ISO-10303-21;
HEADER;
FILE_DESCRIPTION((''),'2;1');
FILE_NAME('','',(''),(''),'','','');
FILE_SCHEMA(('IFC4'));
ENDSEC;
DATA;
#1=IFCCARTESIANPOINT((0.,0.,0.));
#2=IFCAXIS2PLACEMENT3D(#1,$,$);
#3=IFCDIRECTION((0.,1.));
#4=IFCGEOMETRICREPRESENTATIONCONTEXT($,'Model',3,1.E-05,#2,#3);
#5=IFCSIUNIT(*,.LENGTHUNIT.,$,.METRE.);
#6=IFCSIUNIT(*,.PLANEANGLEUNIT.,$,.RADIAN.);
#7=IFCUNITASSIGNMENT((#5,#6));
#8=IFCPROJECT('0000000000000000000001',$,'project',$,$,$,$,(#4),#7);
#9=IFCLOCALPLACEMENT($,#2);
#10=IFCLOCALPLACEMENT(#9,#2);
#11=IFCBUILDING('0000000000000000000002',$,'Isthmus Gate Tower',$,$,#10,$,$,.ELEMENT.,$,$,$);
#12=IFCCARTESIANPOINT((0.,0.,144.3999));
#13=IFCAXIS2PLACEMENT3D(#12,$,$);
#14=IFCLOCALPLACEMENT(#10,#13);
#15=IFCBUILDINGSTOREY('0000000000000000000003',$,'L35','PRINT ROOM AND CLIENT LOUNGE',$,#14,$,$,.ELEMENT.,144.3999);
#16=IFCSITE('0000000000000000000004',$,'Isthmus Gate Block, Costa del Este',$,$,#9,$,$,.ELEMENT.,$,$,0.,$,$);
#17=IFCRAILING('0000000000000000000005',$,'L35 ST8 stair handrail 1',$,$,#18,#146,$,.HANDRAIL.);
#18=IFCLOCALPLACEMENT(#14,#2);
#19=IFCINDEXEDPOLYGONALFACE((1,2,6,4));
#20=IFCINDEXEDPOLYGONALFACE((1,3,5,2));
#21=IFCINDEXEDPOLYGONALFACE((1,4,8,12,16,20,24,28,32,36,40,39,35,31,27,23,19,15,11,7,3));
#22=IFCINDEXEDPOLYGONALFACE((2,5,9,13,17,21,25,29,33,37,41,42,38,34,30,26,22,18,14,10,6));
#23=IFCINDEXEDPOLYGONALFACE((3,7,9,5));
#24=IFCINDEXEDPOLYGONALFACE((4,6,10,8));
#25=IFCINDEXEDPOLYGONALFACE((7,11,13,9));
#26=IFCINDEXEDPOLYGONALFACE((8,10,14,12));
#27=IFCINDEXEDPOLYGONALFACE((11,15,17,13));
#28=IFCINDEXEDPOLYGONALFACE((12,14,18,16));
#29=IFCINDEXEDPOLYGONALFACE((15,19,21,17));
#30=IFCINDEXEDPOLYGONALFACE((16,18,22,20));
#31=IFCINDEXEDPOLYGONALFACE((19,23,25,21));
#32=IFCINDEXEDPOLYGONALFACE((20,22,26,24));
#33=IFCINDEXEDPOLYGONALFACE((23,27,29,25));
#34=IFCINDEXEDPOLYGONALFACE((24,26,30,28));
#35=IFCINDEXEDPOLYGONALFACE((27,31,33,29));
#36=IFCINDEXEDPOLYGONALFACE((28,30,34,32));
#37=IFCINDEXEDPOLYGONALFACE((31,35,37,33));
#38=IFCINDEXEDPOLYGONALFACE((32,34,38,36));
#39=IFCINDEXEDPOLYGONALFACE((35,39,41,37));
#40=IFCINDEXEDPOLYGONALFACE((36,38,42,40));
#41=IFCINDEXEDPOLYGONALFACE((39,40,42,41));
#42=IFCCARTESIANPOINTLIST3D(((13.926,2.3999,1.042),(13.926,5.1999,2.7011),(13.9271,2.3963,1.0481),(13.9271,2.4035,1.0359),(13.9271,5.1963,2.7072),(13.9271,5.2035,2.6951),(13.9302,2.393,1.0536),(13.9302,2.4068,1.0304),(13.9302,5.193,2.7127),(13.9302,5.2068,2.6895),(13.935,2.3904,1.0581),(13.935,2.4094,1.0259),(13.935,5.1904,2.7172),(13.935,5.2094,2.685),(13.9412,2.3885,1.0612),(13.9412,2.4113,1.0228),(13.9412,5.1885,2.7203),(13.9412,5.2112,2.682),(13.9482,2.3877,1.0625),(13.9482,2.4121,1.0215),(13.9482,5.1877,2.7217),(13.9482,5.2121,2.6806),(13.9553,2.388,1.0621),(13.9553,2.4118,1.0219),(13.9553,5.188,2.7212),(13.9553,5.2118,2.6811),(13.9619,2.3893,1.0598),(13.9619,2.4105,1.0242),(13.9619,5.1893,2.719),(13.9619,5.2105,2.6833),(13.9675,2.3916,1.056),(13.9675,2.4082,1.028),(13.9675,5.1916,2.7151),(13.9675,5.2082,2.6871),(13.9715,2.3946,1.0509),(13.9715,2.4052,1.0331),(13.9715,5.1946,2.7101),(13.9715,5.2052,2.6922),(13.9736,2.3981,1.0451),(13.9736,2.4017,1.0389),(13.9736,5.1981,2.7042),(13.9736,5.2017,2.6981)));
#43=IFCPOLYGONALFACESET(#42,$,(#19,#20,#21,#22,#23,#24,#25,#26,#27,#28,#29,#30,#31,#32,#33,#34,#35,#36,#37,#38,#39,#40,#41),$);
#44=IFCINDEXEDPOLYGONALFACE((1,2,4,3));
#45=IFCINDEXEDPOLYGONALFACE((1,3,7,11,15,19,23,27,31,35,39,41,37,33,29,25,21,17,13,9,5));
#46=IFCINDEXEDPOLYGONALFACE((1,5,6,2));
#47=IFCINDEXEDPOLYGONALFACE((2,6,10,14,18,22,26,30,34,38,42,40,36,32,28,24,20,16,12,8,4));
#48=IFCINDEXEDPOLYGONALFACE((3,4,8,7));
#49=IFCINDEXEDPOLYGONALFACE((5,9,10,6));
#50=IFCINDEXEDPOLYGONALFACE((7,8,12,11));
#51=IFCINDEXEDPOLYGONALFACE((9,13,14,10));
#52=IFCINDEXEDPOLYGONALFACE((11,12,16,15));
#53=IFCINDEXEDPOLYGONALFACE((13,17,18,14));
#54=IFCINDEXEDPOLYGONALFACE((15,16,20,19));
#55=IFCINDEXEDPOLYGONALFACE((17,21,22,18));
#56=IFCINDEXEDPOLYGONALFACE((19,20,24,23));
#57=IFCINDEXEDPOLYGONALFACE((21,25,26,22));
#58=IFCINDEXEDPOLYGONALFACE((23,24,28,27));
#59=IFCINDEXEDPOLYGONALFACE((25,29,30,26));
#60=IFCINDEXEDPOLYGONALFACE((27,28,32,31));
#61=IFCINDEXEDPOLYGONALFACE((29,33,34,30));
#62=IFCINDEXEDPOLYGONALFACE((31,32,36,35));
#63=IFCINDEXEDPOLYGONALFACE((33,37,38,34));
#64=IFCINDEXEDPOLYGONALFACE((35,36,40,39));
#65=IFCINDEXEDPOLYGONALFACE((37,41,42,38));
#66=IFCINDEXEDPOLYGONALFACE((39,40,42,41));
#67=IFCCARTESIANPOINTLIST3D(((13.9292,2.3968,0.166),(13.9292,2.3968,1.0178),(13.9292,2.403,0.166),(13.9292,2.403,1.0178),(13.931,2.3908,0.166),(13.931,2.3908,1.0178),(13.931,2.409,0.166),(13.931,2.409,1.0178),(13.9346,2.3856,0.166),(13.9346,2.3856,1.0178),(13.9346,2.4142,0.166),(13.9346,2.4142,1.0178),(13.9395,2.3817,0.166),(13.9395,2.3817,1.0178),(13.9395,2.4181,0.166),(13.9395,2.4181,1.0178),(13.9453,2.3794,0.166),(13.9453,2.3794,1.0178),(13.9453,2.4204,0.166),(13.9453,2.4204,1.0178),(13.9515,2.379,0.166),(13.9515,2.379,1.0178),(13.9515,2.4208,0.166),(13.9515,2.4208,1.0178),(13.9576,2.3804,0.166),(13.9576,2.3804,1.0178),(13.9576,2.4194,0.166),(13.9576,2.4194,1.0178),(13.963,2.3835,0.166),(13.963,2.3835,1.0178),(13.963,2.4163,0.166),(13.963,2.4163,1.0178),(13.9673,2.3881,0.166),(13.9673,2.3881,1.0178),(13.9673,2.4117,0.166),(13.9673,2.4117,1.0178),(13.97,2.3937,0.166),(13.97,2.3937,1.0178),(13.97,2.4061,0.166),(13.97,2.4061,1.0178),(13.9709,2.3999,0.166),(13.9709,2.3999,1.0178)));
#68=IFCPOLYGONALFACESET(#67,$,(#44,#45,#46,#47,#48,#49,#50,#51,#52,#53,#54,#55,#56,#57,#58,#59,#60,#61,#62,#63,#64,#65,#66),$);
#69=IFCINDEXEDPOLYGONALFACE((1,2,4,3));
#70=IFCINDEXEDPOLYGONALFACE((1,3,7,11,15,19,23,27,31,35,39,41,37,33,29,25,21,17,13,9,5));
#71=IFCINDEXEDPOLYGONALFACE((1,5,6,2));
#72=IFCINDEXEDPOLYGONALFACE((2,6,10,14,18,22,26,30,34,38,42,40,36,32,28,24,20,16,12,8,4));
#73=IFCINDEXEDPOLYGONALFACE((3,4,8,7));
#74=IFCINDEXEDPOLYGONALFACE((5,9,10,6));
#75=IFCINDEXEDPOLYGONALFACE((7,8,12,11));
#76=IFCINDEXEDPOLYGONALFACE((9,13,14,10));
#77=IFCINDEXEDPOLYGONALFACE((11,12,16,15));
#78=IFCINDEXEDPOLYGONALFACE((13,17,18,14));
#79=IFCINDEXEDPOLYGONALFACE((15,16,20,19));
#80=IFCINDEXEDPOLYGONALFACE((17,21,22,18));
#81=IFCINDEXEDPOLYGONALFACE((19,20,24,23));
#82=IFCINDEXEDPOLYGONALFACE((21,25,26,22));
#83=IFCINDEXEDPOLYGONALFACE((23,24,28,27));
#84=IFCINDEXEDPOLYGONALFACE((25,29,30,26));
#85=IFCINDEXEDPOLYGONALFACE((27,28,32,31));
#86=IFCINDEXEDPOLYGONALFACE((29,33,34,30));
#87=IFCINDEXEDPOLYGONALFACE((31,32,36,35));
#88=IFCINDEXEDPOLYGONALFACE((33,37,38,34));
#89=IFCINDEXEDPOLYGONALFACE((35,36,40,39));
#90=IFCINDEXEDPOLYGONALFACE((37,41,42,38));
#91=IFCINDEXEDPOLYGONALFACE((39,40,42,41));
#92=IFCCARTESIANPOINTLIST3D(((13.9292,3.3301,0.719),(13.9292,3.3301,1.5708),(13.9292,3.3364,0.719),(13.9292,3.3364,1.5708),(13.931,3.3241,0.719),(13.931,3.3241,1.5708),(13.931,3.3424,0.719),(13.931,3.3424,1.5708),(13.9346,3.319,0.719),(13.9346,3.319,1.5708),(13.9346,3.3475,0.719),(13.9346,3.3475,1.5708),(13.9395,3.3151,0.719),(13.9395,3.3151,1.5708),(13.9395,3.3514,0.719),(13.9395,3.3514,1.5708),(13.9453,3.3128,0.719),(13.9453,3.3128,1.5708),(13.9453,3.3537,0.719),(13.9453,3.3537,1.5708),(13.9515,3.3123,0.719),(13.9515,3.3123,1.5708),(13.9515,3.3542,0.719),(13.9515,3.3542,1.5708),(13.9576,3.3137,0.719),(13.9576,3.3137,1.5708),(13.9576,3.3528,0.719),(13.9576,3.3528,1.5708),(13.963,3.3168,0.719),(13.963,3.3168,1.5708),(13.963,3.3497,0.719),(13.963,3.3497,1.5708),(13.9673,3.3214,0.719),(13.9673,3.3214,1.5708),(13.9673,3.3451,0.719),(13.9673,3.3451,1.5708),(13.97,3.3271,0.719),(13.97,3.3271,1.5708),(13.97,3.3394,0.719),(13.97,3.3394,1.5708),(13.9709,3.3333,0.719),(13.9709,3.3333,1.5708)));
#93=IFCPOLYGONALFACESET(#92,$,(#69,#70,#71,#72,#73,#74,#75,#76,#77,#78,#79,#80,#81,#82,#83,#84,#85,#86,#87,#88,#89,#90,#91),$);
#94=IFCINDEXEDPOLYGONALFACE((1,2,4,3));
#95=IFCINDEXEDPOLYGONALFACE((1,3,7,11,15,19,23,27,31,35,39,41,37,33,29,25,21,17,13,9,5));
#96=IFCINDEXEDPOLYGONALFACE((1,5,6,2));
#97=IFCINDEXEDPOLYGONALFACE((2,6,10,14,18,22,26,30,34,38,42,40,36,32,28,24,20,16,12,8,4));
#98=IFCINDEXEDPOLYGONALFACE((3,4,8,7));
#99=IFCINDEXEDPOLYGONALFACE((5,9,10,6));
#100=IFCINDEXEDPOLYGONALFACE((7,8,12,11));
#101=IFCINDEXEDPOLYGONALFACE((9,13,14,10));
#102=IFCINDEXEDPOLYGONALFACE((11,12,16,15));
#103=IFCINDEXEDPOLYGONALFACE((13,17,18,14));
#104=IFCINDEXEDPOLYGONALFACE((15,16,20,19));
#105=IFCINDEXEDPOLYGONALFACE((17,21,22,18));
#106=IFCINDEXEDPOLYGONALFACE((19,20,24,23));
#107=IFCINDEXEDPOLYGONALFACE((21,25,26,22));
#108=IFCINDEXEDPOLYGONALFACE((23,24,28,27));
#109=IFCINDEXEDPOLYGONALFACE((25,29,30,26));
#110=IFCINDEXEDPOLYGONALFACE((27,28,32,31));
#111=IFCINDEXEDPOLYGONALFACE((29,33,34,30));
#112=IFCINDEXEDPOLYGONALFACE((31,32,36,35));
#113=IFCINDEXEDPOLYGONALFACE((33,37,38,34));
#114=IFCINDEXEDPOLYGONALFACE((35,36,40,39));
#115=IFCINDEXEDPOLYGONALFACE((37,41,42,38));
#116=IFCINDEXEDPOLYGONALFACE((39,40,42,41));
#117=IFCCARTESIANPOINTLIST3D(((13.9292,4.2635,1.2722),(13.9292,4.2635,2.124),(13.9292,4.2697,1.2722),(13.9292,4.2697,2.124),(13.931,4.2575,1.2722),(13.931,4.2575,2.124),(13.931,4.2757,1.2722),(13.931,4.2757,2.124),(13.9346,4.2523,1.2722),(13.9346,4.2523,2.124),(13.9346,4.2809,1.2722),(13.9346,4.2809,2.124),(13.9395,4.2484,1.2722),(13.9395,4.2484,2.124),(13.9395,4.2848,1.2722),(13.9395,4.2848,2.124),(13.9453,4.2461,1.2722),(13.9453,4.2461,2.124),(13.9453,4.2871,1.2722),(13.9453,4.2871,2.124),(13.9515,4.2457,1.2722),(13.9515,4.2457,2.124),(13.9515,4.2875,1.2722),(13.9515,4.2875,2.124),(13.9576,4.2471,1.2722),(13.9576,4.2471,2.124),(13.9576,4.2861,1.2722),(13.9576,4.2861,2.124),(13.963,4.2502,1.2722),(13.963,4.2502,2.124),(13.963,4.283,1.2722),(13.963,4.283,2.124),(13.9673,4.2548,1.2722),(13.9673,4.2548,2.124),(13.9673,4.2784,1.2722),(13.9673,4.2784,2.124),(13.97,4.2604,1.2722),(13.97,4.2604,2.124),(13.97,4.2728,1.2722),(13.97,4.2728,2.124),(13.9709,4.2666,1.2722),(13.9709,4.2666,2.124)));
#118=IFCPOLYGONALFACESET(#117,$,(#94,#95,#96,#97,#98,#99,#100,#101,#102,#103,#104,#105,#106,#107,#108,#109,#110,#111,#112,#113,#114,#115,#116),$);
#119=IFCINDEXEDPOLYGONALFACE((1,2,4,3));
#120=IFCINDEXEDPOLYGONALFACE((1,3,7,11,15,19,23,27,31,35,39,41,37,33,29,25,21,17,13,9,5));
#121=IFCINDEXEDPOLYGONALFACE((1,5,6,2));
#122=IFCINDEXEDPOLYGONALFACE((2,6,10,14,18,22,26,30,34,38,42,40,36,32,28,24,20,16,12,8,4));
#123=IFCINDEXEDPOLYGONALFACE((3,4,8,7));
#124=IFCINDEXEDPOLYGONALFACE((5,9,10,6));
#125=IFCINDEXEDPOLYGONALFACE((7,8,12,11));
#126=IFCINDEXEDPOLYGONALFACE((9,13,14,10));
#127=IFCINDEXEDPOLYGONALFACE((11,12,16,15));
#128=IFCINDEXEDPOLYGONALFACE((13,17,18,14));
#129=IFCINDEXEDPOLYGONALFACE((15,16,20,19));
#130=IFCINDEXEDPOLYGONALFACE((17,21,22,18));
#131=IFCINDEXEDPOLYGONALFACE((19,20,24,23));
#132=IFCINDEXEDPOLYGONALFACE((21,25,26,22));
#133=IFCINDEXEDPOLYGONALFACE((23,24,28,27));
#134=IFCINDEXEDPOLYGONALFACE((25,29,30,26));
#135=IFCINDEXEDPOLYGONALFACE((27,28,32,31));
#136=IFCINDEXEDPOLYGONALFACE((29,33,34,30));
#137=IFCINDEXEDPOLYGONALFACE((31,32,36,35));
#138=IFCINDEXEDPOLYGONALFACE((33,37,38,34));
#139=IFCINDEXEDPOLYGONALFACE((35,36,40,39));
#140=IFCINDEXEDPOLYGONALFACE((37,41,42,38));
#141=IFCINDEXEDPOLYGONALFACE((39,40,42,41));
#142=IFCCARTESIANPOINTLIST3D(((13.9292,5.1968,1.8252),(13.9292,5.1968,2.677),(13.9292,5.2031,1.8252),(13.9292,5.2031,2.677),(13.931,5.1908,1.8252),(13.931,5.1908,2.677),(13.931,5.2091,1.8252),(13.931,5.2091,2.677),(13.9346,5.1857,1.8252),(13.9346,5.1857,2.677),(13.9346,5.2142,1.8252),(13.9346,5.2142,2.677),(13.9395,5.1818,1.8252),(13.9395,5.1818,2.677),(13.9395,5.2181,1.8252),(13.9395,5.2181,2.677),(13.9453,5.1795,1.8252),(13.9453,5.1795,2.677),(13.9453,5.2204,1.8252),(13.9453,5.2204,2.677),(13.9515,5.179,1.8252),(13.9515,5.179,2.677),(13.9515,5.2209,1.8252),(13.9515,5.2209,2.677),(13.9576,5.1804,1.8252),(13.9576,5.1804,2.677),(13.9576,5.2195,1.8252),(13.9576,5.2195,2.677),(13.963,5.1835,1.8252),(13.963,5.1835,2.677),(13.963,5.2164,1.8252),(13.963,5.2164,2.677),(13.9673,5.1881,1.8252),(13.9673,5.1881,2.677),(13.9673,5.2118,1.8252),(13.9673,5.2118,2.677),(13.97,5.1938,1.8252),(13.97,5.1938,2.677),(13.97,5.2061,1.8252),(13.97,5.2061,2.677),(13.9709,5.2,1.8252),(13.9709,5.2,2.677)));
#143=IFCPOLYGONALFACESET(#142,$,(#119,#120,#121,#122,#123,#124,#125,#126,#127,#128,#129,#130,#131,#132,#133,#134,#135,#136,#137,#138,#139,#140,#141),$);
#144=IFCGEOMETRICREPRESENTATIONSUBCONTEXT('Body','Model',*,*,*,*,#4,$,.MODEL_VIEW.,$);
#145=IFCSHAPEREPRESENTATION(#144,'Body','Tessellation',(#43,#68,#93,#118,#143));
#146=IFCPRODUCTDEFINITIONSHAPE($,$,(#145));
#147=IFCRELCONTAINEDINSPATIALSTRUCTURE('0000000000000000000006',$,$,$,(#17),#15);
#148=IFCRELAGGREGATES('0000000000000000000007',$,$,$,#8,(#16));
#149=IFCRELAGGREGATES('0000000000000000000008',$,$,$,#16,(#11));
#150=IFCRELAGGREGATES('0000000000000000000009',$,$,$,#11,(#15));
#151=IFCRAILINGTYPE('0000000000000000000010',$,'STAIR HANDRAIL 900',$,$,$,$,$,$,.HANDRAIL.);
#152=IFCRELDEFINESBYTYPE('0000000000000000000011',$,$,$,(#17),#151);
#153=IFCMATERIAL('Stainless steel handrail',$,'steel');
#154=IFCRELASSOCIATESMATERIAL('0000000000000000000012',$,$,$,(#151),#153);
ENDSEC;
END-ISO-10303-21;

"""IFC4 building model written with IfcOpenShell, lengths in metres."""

from ifc_helpers import new_model, si_unit, direction, frame, origin, origin_2d, place, context, subcontext, project, spatial, circle, extrude, material, type_object, element, save


model = new_model("IFC4")

# Units and contexts
model_context = context("Model", 3, precision=1e-05, world=origin(), true_north=direction((0.0, 1.0)))
body_context = subcontext(model_context, "Body", "Model", "MODEL_VIEW")
ifc_project = project(units=[si_unit("LENGTHUNIT", "METRE"), si_unit("PLANEANGLEUNIT", "RADIAN")], contexts=[model_context])

# Site, building, storey
site_placement = place(None, origin())
site = spatial("IfcSite", under=ifc_project, at=site_placement, Name="Isthmus Gate Block, Costa del Este", CompositionType="ELEMENT", RefElevation=0.0)
building_placement = place(site_placement, origin())
building = spatial("IfcBuilding", under=site, at=building_placement, Name="Isthmus Gate Tower", CompositionType="ELEMENT")
storey_placement = place(building_placement, frame((0.0, 0.0, 144.3999)))
storey = spatial("IfcBuildingStorey", under=building, at=storey_placement, Name="L35", Description="PRINT ROOM AND CLIENT LOUNGE", CompositionType="ELEMENT", Elevation=144.3999)

# Railing
ifc_material_1 = material(Name="Stainless steel handrail", Category="steel")
railing_type_1 = type_object("IfcRailingType", Name="STAIR HANDRAIL 900", PredefinedType="HANDRAIL", material=ifc_material_1)
for number, where, name in (
    (1, (13.95, 2.3999, 0.166), "L35 ST8 stair handrail 1"),
):
    element("IfcRailing", number, at=place(storey_placement, frame(where)), inside=storey, type_object=railing_type_1, Name=name, PredefinedType="HANDRAIL", context=body_context, shape_type="SweptSolid", body=[
        extrude(circle(Radius=0.0239, at=origin_2d()), frame((0.0, 0.0, 0.876), z_axis=(0.0, 0.860306, 0.509778), x_axis=(-1.0, 0.0, 0.0)), (0.0, 0.0, 1.0), 3.2546),
        extrude(circle(Radius=0.021, at=origin_2d()), origin(), (0.0, 0.0, 1.0), 0.8518),
        extrude(circle(Radius=0.021, at=origin_2d()), frame((0.0, 0.9333, 0.553)), (0.0, 0.0, 1.0), 0.8518),
        extrude(circle(Radius=0.021, at=origin_2d()), frame((0.0, 1.8667, 1.1062)), (0.0, 0.0, 1.0), 0.8518),
        extrude(circle(Radius=0.021, at=origin_2d()), frame((0.0, 2.8, 1.6592)), (0.0, 0.0, 1.0), 0.8518),
    ])

save(model, "model.ifc")
